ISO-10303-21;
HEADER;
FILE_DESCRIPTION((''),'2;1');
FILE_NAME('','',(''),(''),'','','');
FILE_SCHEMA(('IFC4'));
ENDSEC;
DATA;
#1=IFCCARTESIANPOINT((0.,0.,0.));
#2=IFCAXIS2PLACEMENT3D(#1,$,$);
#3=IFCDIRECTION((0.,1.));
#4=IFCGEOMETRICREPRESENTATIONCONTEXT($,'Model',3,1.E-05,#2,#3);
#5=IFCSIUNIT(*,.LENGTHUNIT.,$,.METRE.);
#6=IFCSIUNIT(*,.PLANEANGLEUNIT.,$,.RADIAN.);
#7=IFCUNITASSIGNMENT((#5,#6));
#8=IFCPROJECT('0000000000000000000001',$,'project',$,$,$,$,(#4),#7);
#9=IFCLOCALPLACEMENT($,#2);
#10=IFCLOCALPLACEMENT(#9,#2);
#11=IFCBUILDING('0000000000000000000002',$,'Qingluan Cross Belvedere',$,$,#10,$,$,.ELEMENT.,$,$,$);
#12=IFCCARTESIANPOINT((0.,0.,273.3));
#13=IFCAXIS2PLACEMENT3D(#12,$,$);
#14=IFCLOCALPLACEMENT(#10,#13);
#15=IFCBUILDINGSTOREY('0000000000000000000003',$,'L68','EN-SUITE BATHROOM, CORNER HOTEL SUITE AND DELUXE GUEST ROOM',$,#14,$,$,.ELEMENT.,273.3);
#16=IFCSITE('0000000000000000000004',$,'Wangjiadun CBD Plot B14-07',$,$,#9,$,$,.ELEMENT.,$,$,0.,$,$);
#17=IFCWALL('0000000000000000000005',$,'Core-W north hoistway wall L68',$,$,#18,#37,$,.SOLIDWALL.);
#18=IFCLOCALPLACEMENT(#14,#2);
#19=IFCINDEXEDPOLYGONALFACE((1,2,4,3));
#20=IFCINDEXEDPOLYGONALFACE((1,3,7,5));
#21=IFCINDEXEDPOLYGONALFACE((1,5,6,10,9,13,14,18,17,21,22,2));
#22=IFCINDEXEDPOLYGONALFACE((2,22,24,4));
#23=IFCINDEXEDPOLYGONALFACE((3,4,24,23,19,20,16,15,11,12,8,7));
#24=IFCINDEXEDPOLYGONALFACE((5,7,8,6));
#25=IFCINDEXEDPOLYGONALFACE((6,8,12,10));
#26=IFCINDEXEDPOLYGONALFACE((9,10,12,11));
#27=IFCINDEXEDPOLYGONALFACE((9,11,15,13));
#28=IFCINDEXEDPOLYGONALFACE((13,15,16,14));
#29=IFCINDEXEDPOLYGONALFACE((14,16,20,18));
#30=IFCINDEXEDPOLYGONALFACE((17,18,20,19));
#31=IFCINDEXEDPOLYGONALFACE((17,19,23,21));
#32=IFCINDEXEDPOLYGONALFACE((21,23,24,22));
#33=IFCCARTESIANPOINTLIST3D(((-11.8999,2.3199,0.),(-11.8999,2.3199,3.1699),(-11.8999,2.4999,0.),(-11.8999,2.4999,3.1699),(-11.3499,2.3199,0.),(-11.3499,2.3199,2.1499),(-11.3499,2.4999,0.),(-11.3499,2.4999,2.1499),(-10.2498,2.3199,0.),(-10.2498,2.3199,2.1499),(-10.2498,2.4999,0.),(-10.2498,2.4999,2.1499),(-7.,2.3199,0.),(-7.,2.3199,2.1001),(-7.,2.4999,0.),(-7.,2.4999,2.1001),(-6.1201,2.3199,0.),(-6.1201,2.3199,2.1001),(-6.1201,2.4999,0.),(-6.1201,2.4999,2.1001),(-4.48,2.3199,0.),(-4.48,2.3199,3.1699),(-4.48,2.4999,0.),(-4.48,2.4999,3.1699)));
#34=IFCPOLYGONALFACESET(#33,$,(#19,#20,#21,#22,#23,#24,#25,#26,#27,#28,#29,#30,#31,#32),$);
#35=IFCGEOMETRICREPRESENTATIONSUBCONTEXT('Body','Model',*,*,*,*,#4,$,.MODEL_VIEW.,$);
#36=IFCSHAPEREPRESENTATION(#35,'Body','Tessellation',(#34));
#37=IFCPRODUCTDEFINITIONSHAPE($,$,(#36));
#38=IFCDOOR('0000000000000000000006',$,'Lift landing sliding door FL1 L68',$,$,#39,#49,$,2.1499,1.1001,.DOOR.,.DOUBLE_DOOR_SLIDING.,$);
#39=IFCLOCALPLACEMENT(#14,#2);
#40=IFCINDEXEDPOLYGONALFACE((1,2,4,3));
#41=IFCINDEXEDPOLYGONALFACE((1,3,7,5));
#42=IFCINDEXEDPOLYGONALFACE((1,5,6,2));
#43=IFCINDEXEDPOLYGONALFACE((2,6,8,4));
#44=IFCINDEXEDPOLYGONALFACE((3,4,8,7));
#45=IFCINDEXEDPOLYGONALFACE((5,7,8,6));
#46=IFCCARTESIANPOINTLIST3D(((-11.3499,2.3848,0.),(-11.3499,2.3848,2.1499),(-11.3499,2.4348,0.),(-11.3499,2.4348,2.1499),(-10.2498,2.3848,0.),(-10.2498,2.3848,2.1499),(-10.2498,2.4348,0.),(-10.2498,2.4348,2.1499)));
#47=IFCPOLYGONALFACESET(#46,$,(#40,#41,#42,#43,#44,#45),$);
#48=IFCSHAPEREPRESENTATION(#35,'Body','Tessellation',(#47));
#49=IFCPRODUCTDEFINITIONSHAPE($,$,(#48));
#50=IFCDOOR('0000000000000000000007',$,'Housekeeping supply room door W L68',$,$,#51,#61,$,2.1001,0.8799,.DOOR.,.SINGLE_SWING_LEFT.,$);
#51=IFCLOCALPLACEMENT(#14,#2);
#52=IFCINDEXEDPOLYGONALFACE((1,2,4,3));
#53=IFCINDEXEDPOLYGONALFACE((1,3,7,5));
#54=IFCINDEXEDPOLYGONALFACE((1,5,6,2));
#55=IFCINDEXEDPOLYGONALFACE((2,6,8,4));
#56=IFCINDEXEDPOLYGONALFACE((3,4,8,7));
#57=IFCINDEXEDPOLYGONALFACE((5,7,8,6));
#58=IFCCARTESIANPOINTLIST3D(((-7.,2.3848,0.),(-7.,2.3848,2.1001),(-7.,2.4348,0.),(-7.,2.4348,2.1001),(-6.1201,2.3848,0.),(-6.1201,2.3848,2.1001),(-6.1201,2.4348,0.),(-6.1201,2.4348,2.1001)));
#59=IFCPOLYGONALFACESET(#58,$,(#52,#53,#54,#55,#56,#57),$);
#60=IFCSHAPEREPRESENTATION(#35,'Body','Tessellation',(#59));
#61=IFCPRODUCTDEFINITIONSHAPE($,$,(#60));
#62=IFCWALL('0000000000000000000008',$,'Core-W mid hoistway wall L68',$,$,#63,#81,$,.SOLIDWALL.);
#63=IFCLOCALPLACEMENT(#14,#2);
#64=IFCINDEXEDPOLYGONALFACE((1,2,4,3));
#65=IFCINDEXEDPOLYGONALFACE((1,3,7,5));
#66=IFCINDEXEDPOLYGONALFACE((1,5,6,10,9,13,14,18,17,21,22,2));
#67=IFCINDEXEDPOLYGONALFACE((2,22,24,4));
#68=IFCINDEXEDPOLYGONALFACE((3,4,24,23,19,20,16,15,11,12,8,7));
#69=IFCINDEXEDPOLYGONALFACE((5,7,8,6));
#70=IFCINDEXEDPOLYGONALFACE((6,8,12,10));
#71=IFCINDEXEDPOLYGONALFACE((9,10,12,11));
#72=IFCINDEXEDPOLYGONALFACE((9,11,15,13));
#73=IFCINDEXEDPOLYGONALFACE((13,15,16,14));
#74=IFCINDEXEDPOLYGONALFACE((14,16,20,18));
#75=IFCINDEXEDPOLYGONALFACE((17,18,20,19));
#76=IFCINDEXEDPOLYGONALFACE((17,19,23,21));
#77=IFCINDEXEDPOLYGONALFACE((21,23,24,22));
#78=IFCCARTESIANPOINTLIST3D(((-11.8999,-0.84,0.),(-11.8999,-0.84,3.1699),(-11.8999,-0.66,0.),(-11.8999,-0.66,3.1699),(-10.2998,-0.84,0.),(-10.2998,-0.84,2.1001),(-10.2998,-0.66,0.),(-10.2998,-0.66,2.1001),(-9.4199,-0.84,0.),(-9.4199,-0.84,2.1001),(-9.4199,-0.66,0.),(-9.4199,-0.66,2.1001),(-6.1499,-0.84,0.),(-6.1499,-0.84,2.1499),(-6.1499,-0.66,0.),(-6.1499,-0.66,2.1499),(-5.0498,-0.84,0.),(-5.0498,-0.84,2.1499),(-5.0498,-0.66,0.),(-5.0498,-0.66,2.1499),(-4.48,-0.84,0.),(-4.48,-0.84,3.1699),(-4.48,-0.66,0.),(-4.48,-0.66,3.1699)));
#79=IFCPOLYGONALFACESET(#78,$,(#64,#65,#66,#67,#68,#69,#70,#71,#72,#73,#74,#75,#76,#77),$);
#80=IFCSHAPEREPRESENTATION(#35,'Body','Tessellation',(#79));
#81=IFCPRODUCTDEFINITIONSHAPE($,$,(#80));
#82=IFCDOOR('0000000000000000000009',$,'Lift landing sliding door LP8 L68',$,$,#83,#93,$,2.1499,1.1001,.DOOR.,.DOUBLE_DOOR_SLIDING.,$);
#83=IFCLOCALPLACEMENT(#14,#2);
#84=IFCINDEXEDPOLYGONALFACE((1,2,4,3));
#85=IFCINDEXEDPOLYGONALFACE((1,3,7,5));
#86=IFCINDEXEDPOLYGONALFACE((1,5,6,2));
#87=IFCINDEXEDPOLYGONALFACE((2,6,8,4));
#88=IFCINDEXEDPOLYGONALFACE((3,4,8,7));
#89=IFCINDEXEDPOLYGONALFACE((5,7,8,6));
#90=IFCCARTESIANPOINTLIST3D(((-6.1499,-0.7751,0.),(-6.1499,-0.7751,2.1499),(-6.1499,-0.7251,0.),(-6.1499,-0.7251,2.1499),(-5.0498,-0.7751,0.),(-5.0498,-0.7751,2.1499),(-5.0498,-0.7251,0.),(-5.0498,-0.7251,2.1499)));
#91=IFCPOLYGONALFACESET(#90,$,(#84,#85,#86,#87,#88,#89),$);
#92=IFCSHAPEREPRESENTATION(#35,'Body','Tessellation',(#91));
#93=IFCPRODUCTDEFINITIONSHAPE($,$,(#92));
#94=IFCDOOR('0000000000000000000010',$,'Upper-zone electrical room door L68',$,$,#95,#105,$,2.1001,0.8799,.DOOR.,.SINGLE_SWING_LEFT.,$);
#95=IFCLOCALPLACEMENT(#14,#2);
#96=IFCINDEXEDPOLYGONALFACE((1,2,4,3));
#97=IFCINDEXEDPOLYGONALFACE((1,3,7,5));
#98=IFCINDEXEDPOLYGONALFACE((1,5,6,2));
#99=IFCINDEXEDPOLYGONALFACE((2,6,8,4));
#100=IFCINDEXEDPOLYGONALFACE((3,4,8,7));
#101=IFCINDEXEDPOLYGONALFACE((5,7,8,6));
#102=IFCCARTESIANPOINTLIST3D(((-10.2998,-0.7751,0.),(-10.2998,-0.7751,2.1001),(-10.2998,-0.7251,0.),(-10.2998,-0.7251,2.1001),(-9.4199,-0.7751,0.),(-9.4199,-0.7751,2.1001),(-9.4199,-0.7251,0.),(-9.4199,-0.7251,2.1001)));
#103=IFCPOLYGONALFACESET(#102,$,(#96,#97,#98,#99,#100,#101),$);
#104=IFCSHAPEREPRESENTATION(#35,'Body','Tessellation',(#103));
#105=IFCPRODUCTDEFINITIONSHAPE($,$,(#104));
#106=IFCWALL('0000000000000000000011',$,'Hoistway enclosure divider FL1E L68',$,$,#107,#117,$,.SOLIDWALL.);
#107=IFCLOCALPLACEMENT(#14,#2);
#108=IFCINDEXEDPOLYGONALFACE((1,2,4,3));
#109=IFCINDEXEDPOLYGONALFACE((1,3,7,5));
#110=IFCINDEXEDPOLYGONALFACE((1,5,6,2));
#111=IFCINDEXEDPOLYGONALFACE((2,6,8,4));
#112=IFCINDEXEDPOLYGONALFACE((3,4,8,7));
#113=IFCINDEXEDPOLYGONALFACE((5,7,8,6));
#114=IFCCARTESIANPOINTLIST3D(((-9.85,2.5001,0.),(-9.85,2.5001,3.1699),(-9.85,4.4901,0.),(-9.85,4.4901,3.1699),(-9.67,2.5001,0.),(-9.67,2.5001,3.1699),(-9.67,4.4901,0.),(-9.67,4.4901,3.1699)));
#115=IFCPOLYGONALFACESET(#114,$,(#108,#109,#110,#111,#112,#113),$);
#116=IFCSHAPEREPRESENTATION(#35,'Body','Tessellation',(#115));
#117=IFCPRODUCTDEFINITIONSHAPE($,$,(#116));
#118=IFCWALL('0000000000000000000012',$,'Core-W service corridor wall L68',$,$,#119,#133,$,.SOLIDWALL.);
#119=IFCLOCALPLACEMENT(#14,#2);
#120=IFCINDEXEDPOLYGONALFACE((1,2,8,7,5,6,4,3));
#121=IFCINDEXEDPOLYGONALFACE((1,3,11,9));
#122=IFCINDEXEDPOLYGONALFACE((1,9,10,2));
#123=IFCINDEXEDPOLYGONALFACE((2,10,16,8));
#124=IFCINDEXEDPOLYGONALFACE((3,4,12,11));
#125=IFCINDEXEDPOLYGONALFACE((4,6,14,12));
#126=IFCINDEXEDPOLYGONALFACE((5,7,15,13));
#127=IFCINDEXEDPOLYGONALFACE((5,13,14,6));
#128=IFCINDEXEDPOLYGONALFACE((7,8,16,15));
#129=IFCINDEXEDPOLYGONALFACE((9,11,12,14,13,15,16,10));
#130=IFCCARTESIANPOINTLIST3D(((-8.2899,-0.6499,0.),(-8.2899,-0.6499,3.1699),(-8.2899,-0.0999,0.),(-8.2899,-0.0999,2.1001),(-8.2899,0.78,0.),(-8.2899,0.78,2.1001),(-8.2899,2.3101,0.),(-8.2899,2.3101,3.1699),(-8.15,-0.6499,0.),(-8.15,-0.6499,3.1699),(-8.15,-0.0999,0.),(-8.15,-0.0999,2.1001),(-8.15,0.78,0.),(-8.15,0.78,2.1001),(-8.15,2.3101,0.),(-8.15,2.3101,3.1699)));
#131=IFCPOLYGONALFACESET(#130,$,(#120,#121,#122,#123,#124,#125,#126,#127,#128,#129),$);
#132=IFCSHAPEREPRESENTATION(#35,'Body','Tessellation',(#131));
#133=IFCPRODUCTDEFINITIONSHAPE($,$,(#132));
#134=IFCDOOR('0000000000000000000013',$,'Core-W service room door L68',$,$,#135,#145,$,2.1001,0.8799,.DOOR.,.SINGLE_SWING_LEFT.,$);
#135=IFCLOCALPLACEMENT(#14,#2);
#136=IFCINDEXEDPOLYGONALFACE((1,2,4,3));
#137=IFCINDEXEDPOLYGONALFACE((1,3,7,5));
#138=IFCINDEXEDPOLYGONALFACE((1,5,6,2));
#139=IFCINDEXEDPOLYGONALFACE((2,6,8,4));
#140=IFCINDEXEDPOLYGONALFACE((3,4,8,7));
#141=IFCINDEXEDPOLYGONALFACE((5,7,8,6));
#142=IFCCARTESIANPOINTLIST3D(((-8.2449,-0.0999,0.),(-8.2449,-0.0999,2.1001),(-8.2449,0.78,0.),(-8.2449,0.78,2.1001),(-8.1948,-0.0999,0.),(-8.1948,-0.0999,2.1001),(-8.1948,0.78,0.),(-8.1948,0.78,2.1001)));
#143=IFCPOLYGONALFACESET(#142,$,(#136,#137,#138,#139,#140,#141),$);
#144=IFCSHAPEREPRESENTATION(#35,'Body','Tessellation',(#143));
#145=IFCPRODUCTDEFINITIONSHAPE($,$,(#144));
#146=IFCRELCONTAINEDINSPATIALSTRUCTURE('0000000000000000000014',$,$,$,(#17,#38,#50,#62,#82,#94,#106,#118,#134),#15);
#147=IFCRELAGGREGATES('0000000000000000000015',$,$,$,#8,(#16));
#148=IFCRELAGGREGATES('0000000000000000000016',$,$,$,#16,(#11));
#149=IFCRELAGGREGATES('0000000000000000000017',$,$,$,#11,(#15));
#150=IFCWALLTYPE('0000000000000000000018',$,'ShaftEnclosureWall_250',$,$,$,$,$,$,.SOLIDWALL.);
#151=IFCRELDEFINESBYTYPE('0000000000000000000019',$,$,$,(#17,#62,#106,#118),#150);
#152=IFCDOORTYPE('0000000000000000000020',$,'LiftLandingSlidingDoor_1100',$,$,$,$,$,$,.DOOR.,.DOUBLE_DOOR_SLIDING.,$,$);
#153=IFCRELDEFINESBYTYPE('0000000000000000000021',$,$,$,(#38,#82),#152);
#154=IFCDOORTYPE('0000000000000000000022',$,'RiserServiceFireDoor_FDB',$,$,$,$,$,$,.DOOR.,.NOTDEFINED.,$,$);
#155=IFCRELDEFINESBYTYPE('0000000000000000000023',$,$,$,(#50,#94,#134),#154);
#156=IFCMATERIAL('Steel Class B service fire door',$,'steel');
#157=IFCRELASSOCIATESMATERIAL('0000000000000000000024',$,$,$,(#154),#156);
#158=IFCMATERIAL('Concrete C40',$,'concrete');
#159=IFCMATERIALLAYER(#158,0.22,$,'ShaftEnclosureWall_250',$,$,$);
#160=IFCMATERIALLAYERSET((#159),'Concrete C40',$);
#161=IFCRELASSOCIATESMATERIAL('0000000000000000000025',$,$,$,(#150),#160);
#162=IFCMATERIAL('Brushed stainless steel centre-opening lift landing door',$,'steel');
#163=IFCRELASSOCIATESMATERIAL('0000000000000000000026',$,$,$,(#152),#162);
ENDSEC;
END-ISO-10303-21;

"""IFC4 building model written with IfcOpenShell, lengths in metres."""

from ifc_helpers import new_model, si_unit, direction, frame, frame_2d, origin, place, context, subcontext, project, spatial, rectangle, extrude, material, layer, layer_set, type_object, element, fill, save


model = new_model("IFC4")

# Units and contexts
model_context = context("Model", 3, precision=1e-05, world=origin(), true_north=direction((0.0, 1.0)))
body_context = subcontext(model_context, "Body", "Model", "MODEL_VIEW")
ifc_project = project(units=[si_unit("LENGTHUNIT", "METRE"), si_unit("PLANEANGLEUNIT", "RADIAN")], contexts=[model_context])

# Site, building, storey
site_placement = place(None, origin())
site = spatial("IfcSite", under=ifc_project, at=site_placement, Name="Wangjiadun CBD Plot B14-07", CompositionType="ELEMENT", RefElevation=0.0)
building_placement = place(site_placement, origin())
building = spatial("IfcBuilding", under=site, at=building_placement, Name="Qingluan Cross Belvedere", CompositionType="ELEMENT")
storey_placement = place(building_placement, frame((0.0, 0.0, 273.3)))
storey = spatial("IfcBuildingStorey", under=building, at=storey_placement, Name="L68", Description="EN-SUITE BATHROOM, CORNER HOTEL SUITE AND DELUXE GUEST ROOM", CompositionType="ELEMENT", Elevation=273.3)

# Shared definitions
ifc_material_1 = material(Name="Steel Class B service fire door", Category="steel")
door_type_1 = type_object("IfcDoorType", Name="RiserServiceFireDoor_FDB", OperationType="NOTDEFINED", PredefinedType="DOOR", material=ifc_material_1)

# Walls, openings, doors
ifc_material_2 = material(Name="Concrete C40", Category="concrete")
ifc_layer_1 = layer(ifc_material_2, 0.22, Name="ShaftEnclosureWall_250")
ifc_layer_set_1 = layer_set([ifc_layer_1], Name="Concrete C40")
wall_type_1 = type_object("IfcWallType", Name="ShaftEnclosureWall_250", PredefinedType="SOLIDWALL", material=ifc_layer_set_1)
wall_1_placement = place(storey_placement, frame((-11.8999, 2.4099, 0.0), z_axis=(0.0, 0.0, 1.0), x_axis=(1.0, 0.0, 0.0)))
wall_1 = element("IfcWall", 1, at=wall_1_placement, inside=storey, type_object=wall_type_1, Name="Core-W north hoistway wall L68", PredefinedType="SOLIDWALL", context=body_context, shape_type="SweptSolid", body=[
    extrude(rectangle(XDim=7.4199, YDim=0.1799, at=frame_2d((3.71, 0.0))), origin(), (0.0, 0.0, 1.0), 3.1699),
])
opening_1_placement = place(wall_1_placement, frame((0.55, 0.0, 0.0)))
opening_1 = element("IfcOpeningElement", 2, at=opening_1_placement, cuts=wall_1, PredefinedType="OPENING", context=body_context, shape_type="SweptSolid", body=[
    extrude(rectangle(XDim=1.1001, YDim=2.1499, at=frame_2d((0.55, 1.075))), frame((0.0, 0.0999, 0.0), z_axis=(0.0, -1.0, 0.0), x_axis=(1.0, 0.0, 0.0)), (0.0, 0.0, 1.0), 0.2),
])
opening_2_placement = place(wall_1_placement, frame((4.8999, 0.0, 0.0)))
opening_2 = element("IfcOpeningElement", 3, at=opening_2_placement, cuts=wall_1, PredefinedType="OPENING", context=body_context, shape_type="SweptSolid", body=[
    extrude(rectangle(XDim=0.8799, YDim=2.1001, at=frame_2d((0.4399, 1.05))), frame((0.0, 0.0999, 0.0), z_axis=(0.0, -1.0, 0.0), x_axis=(1.0, 0.0, 0.0)), (0.0, 0.0, 1.0), 0.2),
])
ifc_material_3 = material(Name="Brushed stainless steel centre-opening lift landing door", Category="steel")
door_type_2 = type_object("IfcDoorType", Name="LiftLandingSlidingDoor_1100", OperationType="DOUBLE_DOOR_SLIDING", PredefinedType="DOOR", material=ifc_material_3)
door_1_placement = place(opening_1_placement, origin())
door_1 = element("IfcDoor", 4, at=door_1_placement, inside=storey, type_object=door_type_2, Name="Lift landing sliding door FL1 L68", OperationType="DOUBLE_DOOR_SLIDING", OverallHeight=2.1499, OverallWidth=1.1001, PredefinedType="DOOR", context=body_context, shape_type="SweptSolid", body=[
    extrude(rectangle(XDim=1.1001, YDim=2.1499, at=frame_2d((0.55, 1.075))), frame((0.0, 0.0249, 0.0), z_axis=(0.0, -1.0, 0.0), x_axis=(1.0, 0.0, 0.0)), (0.0, 0.0, 1.0), 0.05),
])
fill(opening_1, door_1)
door_2_placement = place(opening_2_placement, origin())
door_2 = element("IfcDoor", 5, at=door_2_placement, inside=storey, type_object=door_type_1, Name="Housekeeping supply room door W L68", OperationType="SINGLE_SWING_LEFT", OverallHeight=2.1001, OverallWidth=0.8799, PredefinedType="DOOR", context=body_context, shape_type="SweptSolid", body=[
    extrude(rectangle(XDim=0.8799, YDim=2.1001, at=frame_2d((0.4399, 1.05))), frame((0.0, 0.0249, 0.0), z_axis=(0.0, -1.0, 0.0), x_axis=(1.0, 0.0, 0.0)), (0.0, 0.0, 1.0), 0.05),
])
fill(opening_2, door_2)
wall_2_placement = place(storey_placement, frame((-11.8999, -0.75, 0.0), z_axis=(0.0, 0.0, 1.0), x_axis=(1.0, 0.0, 0.0)))
wall_2 = element("IfcWall", 6, at=wall_2_placement, inside=storey, type_object=wall_type_1, Name="Core-W mid hoistway wall L68", PredefinedType="SOLIDWALL", context=body_context, shape_type="SweptSolid", body=[
    extrude(rectangle(XDim=7.4199, YDim=0.1799, at=frame_2d((3.71, 0.0))), origin(), (0.0, 0.0, 1.0), 3.1699),
])
opening_3_placement = place(wall_2_placement, frame((5.75, 0.0, 0.0)))
opening_3 = element("IfcOpeningElement", 7, at=opening_3_placement, cuts=wall_2, PredefinedType="OPENING", context=body_context, shape_type="SweptSolid", body=[
    extrude(rectangle(XDim=1.1001, YDim=2.1499, at=frame_2d((0.55, 1.075))), frame((0.0, 0.0999, 0.0), z_axis=(0.0, -1.0, 0.0), x_axis=(1.0, 0.0, 0.0)), (0.0, 0.0, 1.0), 0.2),
])
opening_4_placement = place(wall_2_placement, frame((1.6001, 0.0, 0.0)))
opening_4 = element("IfcOpeningElement", 8, at=opening_4_placement, cuts=wall_2, PredefinedType="OPENING", context=body_context, shape_type="SweptSolid", body=[
    extrude(rectangle(XDim=0.8799, YDim=2.1001, at=frame_2d((0.4399, 1.05))), frame((0.0, 0.0999, 0.0), z_axis=(0.0, -1.0, 0.0), x_axis=(1.0, 0.0, 0.0)), (0.0, 0.0, 1.0), 0.2),
])
door_3_placement = place(opening_3_placement, origin())
door_3 = element("IfcDoor", 9, at=door_3_placement, inside=storey, type_object=door_type_2, Name="Lift landing sliding door LP8 L68", OperationType="DOUBLE_DOOR_SLIDING", OverallHeight=2.1499, OverallWidth=1.1001, PredefinedType="DOOR", context=body_context, shape_type="SweptSolid", body=[
    extrude(rectangle(XDim=1.1001, YDim=2.1499, at=frame_2d((0.55, 1.075))), frame((0.0, 0.0249, 0.0), z_axis=(0.0, -1.0, 0.0), x_axis=(1.0, 0.0, 0.0)), (0.0, 0.0, 1.0), 0.05),
])
fill(opening_3, door_3)
door_4_placement = place(opening_4_placement, origin())
door_4 = element("IfcDoor", 10, at=door_4_placement, inside=storey, type_object=door_type_1, Name="Upper-zone electrical room door L68", OperationType="SINGLE_SWING_LEFT", OverallHeight=2.1001, OverallWidth=0.8799, PredefinedType="DOOR", context=body_context, shape_type="SweptSolid", body=[
    extrude(rectangle(XDim=0.8799, YDim=2.1001, at=frame_2d((0.4399, 1.05))), frame((0.0, 0.0249, 0.0), z_axis=(0.0, -1.0, 0.0), x_axis=(1.0, 0.0, 0.0)), (0.0, 0.0, 1.0), 0.05),
])
fill(opening_4, door_4)

# Wall
wall_3_placement = place(storey_placement, frame((-9.76, 2.5, 0.0), z_axis=(0.0, 0.0, 1.0), x_axis=(0.0, 1.0, 0.0)))
element("IfcWall", 11, at=wall_3_placement, inside=storey, type_object=wall_type_1, Name="Hoistway enclosure divider FL1E L68", PredefinedType="SOLIDWALL", context=body_context, shape_type="SweptSolid", body=[
    extrude(rectangle(XDim=1.99, YDim=0.1799, at=frame_2d((0.9951, 0.0))), origin(), (0.0, 0.0, 1.0), 3.1699),
])

# Wall, opening, door
wall_4_placement = place(storey_placement, frame((-8.22, -0.6499, 0.0), z_axis=(0.0, 0.0, 1.0), x_axis=(0.0, 1.0, 0.0)))
wall_4 = element("IfcWall", 12, at=wall_4_placement, inside=storey, type_object=wall_type_1, Name="Core-W service corridor wall L68", PredefinedType="SOLIDWALL", context=body_context, shape_type="SweptSolid", body=[
    extrude(rectangle(XDim=2.96, YDim=0.1399, at=frame_2d((1.48, 0.0))), origin(), (0.0, 0.0, 1.0), 3.1699),
])
opening_5_placement = place(wall_4_placement, frame((0.55, 0.0, 0.0)))
opening_5 = element("IfcOpeningElement", 13, at=opening_5_placement, cuts=wall_4, PredefinedType="OPENING", context=body_context, shape_type="SweptSolid", body=[
    extrude(rectangle(XDim=0.8799, YDim=2.1001, at=frame_2d((0.4399, 1.05))), frame((0.0, 0.0798, 0.0), z_axis=(0.0, -1.0, 0.0), x_axis=(1.0, 0.0, 0.0)), (0.0, 0.0, 1.0), 0.1599),
])
door_5_placement = place(opening_5_placement, origin())
door_5 = element("IfcDoor", 14, at=door_5_placement, inside=storey, type_object=door_type_1, Name="Core-W service room door L68", OperationType="SINGLE_SWING_LEFT", OverallHeight=2.1001, OverallWidth=0.8799, PredefinedType="DOOR", context=body_context, shape_type="SweptSolid", body=[
    extrude(rectangle(XDim=0.8799, YDim=2.1001, at=frame_2d((0.4399, 1.05))), frame((0.0, 0.0249, 0.0), z_axis=(0.0, -1.0, 0.0), x_axis=(1.0, 0.0, 0.0)), (0.0, 0.0, 1.0), 0.05),
])
fill(opening_5, door_5)

save(model, "model.ifc")
